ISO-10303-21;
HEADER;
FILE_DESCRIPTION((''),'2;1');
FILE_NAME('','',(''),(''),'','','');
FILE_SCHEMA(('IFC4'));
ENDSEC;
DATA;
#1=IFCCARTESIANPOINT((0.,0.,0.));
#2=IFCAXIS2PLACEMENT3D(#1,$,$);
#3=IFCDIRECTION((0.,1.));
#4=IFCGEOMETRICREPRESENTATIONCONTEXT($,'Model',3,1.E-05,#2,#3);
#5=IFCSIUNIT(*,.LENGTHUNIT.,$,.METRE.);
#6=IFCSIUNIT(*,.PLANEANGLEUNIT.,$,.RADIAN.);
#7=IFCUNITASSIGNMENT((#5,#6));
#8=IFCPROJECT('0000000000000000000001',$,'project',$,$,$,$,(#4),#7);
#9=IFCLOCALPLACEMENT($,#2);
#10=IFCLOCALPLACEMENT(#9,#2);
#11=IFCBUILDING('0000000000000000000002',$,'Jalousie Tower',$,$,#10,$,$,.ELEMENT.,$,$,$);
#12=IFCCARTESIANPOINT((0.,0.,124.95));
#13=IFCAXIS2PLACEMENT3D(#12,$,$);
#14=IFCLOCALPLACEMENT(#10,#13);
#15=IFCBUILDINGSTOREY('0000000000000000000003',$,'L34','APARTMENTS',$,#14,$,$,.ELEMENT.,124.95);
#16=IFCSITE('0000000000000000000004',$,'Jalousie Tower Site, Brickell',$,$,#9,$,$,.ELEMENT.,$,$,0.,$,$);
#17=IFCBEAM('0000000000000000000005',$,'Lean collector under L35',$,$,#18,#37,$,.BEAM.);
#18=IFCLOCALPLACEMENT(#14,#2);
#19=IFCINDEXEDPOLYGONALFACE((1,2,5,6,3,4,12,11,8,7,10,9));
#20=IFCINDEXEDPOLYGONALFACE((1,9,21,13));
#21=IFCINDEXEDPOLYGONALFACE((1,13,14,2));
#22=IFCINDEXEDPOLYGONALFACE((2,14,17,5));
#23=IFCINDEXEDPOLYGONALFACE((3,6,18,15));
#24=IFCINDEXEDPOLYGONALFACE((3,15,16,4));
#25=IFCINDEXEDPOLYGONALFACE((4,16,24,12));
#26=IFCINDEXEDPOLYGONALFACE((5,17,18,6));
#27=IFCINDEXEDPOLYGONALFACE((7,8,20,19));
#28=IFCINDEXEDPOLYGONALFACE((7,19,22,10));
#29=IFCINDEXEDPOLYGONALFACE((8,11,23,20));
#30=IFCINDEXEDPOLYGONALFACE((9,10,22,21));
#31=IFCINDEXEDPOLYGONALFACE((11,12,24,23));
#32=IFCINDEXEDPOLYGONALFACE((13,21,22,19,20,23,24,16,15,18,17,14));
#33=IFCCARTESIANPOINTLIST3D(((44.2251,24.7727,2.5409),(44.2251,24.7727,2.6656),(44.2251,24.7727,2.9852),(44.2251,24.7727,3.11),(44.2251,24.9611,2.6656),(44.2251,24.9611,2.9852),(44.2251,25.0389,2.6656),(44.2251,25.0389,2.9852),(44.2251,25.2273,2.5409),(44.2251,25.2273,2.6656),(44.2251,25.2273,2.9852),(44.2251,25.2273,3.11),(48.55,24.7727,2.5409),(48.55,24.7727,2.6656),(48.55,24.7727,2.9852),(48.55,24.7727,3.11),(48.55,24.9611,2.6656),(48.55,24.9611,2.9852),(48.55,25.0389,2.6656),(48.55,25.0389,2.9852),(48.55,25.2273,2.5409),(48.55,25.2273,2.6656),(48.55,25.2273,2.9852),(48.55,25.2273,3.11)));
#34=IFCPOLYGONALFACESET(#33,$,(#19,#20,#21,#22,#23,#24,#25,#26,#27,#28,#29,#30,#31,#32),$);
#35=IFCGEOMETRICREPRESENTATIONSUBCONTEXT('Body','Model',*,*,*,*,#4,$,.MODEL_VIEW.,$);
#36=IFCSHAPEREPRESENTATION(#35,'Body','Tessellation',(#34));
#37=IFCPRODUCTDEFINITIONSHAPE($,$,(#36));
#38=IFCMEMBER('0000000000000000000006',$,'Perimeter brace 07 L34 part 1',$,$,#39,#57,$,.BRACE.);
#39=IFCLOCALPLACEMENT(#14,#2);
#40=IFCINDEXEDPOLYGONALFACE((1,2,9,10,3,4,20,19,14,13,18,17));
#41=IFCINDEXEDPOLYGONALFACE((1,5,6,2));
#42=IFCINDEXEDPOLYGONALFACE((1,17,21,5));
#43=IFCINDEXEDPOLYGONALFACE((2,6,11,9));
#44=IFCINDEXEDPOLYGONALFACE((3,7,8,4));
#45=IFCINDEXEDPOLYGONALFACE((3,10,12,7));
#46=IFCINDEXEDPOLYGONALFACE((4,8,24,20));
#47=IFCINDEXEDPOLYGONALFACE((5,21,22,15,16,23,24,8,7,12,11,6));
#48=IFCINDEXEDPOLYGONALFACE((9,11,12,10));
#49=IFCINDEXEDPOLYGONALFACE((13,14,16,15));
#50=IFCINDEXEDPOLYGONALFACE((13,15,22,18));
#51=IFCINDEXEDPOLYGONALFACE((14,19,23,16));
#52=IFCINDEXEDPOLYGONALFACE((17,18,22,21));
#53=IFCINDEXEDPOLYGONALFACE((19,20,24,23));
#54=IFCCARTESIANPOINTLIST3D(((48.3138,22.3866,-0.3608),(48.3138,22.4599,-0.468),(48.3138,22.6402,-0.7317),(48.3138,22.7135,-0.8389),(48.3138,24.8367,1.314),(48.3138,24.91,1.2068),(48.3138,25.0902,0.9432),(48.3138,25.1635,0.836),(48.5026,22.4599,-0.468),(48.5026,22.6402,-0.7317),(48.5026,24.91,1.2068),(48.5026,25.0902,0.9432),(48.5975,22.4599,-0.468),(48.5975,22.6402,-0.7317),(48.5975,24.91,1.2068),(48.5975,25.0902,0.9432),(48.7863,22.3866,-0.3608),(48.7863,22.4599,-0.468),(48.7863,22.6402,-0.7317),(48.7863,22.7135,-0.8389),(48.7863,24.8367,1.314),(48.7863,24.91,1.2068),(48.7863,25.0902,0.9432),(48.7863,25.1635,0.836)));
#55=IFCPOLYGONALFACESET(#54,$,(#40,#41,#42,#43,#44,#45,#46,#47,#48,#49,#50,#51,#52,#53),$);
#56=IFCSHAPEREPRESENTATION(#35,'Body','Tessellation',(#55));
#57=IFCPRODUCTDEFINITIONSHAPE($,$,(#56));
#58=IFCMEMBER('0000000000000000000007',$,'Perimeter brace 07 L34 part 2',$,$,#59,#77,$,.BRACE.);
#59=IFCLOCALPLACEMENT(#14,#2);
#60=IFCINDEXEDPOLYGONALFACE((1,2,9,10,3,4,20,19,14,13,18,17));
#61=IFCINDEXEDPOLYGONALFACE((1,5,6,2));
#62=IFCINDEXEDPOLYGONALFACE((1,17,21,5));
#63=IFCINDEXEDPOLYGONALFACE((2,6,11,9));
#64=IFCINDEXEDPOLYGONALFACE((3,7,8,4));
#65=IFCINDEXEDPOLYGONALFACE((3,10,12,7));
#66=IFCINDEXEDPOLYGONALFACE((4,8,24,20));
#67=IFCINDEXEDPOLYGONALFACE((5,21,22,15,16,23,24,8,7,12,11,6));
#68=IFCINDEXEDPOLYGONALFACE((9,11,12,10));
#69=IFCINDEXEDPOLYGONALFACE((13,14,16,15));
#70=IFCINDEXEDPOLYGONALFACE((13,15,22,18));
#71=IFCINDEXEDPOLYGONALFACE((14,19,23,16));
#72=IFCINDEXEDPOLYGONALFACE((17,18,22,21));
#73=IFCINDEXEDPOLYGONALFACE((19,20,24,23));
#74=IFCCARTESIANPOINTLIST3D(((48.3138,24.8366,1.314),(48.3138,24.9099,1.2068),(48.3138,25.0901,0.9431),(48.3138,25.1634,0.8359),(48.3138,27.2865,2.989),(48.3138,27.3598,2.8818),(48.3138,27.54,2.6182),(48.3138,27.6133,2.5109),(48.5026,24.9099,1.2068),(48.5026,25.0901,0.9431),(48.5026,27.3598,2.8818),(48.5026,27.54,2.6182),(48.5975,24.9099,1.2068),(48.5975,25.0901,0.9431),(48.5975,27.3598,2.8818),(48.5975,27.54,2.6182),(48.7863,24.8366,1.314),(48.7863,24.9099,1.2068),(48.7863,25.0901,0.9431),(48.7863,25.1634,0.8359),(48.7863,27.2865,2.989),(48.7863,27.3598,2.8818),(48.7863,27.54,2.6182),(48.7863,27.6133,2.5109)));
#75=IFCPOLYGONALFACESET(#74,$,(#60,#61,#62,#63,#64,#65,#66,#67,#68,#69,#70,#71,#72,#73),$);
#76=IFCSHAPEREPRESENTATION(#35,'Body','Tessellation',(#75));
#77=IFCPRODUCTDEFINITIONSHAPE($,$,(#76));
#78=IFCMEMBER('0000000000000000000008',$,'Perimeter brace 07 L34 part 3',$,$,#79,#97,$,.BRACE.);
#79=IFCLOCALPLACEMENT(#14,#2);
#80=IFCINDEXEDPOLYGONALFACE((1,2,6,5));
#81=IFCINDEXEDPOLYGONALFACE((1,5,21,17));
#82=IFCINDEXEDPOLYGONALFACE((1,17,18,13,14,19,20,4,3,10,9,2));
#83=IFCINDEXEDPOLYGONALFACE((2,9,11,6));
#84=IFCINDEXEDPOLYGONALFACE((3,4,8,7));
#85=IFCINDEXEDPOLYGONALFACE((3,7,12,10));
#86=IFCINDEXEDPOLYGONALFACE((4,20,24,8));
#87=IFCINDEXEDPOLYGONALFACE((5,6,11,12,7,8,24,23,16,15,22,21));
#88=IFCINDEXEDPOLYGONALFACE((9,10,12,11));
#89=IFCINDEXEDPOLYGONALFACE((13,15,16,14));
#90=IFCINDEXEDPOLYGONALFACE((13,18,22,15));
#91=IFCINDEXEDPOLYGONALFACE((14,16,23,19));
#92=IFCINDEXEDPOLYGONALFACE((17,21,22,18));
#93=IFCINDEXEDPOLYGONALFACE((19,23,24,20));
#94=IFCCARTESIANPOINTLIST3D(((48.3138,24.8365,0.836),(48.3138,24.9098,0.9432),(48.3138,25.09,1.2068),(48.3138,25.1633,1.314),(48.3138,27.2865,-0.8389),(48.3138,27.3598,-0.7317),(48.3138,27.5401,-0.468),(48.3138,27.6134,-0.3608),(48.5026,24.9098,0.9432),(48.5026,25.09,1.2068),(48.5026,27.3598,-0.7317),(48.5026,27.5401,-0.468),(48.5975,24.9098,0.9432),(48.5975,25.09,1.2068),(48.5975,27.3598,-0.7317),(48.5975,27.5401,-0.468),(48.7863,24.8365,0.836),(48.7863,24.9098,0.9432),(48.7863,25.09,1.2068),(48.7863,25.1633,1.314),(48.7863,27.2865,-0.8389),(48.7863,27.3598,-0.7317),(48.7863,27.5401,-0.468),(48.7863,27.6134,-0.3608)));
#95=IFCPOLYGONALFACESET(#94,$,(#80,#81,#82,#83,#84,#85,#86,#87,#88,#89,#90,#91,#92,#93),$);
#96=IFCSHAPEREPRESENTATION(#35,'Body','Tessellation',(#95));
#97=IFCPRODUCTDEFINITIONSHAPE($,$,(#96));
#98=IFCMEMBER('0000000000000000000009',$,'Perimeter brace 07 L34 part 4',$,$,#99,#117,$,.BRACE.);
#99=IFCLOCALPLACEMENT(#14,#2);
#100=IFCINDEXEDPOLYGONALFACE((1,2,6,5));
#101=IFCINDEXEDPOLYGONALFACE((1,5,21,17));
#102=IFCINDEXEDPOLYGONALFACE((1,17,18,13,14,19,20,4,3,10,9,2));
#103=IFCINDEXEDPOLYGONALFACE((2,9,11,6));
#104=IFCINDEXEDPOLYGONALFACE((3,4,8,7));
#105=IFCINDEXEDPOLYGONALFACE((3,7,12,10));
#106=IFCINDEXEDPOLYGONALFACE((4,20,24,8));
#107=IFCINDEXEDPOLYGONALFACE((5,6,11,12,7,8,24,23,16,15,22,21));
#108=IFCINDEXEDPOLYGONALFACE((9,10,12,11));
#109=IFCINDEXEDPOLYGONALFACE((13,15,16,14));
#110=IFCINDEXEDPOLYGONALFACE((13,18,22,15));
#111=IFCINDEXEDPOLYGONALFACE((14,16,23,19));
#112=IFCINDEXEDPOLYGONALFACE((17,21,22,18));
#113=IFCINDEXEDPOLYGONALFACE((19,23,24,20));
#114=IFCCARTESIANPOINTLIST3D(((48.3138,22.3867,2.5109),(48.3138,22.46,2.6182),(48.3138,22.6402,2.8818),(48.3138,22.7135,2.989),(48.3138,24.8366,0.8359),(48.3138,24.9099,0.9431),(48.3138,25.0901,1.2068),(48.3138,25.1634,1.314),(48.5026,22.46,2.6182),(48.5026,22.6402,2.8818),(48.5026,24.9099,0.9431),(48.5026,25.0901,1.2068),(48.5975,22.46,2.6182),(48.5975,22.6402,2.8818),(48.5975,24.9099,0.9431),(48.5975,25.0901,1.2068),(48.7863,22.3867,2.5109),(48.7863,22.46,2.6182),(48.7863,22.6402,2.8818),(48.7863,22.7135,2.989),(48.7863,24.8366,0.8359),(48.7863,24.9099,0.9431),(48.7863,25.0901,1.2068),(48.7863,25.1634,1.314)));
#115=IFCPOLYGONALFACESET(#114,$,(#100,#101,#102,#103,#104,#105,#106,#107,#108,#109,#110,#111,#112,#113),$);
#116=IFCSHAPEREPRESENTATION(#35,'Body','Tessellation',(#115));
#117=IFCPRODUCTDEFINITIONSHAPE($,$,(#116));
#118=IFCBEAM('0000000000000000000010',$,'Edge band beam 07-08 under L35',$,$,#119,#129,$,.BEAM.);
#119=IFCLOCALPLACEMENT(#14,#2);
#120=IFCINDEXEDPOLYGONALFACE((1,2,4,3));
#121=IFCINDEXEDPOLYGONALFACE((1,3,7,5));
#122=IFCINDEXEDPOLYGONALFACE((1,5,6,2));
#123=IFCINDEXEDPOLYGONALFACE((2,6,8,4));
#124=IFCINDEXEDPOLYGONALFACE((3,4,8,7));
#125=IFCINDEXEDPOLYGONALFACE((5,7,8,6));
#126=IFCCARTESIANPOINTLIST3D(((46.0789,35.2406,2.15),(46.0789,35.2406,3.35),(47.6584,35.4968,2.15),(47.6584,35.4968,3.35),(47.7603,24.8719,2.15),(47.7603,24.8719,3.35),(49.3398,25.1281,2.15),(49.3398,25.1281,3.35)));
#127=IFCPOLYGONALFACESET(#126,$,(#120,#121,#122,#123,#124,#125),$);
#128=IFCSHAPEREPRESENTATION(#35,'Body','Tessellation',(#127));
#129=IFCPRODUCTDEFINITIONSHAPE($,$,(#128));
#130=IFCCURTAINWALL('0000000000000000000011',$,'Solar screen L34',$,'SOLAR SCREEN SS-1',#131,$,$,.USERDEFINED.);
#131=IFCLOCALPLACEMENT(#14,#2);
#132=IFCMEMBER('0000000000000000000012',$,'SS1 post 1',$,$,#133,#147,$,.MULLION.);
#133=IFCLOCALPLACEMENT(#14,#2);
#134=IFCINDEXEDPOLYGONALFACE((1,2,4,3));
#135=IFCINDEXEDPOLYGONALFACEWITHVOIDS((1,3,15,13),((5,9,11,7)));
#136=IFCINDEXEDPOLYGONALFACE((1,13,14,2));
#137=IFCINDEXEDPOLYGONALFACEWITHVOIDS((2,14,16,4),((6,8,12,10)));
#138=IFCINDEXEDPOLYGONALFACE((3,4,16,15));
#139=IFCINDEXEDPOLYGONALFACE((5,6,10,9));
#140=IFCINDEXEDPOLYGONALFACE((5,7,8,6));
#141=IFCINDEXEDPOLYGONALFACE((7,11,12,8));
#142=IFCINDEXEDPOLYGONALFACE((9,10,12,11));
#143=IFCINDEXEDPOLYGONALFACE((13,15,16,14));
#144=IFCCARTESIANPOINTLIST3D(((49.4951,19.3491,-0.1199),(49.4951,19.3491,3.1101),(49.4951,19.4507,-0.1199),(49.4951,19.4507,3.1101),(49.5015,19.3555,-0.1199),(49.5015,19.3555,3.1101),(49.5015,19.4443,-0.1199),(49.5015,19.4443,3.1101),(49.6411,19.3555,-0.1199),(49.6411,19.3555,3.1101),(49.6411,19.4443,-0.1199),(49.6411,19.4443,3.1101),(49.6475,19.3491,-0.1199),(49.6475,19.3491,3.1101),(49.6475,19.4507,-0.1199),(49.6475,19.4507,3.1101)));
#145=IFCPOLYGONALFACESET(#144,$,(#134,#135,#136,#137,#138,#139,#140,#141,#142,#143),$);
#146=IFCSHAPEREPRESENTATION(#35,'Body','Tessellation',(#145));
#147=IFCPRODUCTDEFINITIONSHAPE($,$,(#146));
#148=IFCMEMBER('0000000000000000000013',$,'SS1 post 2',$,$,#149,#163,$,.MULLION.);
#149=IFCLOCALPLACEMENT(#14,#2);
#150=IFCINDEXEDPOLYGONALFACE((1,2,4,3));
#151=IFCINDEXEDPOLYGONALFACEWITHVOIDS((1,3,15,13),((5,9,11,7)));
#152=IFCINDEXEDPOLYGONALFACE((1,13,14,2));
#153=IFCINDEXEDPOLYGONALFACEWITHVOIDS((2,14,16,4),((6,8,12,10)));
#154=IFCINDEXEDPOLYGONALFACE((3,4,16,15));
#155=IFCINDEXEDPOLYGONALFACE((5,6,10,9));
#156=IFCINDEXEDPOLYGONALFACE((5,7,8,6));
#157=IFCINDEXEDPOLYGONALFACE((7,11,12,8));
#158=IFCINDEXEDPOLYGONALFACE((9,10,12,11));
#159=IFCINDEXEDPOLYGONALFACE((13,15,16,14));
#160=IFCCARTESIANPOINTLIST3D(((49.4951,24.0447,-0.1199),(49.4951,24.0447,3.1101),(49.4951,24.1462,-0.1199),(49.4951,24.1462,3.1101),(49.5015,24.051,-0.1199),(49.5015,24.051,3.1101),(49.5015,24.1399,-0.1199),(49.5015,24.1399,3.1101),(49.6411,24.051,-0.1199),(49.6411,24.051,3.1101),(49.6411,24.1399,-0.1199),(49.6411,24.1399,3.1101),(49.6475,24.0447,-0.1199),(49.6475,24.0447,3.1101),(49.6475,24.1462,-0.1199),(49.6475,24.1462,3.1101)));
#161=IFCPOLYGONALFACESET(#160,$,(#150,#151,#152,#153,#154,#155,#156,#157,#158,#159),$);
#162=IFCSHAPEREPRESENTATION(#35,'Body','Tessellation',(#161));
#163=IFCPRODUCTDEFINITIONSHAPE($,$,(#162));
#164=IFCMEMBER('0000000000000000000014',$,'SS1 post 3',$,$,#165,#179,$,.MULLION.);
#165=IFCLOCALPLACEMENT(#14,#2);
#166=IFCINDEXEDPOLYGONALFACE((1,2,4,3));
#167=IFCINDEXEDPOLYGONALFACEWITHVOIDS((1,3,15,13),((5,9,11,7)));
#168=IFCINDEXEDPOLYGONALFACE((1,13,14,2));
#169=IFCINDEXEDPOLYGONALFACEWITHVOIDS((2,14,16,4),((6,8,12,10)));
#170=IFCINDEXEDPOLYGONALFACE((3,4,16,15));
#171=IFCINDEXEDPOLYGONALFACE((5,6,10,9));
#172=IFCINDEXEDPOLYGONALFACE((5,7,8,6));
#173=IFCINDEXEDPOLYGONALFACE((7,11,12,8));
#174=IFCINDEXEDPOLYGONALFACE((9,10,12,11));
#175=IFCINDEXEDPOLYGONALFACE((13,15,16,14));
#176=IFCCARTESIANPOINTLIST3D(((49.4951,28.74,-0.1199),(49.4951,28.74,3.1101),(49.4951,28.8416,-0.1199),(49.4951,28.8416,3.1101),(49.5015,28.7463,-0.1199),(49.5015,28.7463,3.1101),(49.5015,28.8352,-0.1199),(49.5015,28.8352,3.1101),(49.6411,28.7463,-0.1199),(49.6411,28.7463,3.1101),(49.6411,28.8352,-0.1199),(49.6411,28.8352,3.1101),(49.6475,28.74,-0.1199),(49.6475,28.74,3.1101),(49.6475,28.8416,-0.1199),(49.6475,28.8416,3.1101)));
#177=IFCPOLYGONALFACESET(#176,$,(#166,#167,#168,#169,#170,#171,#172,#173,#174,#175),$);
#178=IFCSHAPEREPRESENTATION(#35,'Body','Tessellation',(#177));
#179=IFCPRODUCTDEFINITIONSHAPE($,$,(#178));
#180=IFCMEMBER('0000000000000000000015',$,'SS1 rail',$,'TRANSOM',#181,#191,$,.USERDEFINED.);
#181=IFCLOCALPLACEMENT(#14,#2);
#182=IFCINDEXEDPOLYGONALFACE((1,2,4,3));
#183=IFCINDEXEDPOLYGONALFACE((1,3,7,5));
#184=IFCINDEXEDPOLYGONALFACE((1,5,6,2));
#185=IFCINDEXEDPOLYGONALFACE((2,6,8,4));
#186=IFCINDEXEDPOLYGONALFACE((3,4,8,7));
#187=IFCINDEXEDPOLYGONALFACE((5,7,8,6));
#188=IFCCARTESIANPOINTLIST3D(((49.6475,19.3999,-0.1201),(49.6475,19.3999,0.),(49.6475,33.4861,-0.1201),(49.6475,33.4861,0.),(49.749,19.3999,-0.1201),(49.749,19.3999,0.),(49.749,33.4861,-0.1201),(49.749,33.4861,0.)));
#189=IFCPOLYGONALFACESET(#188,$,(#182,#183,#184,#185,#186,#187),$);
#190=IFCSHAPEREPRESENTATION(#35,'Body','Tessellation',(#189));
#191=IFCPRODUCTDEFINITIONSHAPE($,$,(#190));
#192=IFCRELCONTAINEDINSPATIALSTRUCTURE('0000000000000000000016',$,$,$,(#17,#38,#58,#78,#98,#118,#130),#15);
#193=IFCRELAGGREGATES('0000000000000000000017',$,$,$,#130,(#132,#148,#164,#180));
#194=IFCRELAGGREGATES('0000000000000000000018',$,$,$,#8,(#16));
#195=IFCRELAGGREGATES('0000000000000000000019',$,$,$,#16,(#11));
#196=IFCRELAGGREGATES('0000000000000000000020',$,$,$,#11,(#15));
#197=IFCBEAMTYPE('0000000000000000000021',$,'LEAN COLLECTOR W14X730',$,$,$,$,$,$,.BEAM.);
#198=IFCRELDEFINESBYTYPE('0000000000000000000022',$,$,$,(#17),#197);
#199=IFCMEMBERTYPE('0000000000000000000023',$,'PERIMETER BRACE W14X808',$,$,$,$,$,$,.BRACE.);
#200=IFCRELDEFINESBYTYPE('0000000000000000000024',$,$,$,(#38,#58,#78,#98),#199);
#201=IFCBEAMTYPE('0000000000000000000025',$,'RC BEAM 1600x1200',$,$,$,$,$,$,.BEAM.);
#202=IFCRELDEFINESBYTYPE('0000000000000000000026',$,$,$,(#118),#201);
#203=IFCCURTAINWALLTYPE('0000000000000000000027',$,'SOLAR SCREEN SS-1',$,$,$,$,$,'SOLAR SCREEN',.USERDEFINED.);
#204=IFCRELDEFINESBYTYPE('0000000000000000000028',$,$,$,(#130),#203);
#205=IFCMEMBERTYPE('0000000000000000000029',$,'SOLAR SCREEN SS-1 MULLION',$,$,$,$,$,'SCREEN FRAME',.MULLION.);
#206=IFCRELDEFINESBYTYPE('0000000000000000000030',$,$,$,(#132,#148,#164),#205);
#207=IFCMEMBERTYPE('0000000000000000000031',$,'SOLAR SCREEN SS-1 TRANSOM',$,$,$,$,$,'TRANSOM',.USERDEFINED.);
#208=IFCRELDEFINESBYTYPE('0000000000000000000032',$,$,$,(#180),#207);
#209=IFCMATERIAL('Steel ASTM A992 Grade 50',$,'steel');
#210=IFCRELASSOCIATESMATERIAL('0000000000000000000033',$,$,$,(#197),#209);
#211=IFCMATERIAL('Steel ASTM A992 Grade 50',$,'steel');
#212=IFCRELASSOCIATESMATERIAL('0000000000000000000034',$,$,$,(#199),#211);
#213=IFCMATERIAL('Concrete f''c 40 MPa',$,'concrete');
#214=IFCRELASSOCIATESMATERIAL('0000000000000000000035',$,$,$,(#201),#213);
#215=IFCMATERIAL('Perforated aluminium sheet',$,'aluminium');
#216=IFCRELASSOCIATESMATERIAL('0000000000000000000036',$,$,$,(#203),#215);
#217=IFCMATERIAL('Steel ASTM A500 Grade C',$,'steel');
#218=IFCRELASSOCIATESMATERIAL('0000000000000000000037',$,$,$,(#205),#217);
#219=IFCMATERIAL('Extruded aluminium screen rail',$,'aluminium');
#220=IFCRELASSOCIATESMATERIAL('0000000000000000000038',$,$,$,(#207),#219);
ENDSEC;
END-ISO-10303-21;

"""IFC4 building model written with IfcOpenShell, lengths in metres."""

from ifc_helpers import new_model, si_unit, direction, frame, origin, origin_2d, place, context, subcontext, project, spatial, rectangle, hollow_rectangle, i_section, extrude, material, material_profile, profile_set, type_object, element, aggregate, save


model = new_model("IFC4")

# Units and contexts
model_context = context("Model", 3, precision=1e-05, world=origin(), true_north=direction((0.0, 1.0)))
body_context = subcontext(model_context, "Body", "Model", "MODEL_VIEW")
ifc_project = project(units=[si_unit("LENGTHUNIT", "METRE"), si_unit("PLANEANGLEUNIT", "RADIAN")], contexts=[model_context])

# Site, building, storey
site_placement = place(None, origin())
site = spatial("IfcSite", under=ifc_project, at=site_placement, Name="Jalousie Tower Site, Brickell", CompositionType="ELEMENT", RefElevation=0.0)
building_placement = place(site_placement, origin())
building = spatial("IfcBuilding", under=site, at=building_placement, Name="Jalousie Tower", CompositionType="ELEMENT")
storey_placement = place(building_placement, frame((0.0, 0.0, 124.95)))
storey = spatial("IfcBuildingStorey", under=building, at=storey_placement, Name="L34", Description="APARTMENTS", CompositionType="ELEMENT", Elevation=124.95)

# Beam
ifc_material_1 = material(Name="Steel ASTM A992 Grade 50", Category="steel")
ifc_material_profile_1 = material_profile(ifc_material_1, i_section(OverallWidth=0.4546, OverallDepth=0.5691, WebThickness=0.0779, FlangeThickness=0.1248, at=origin_2d()), Name="W14X730")
ifc_profile_set_1 = profile_set([ifc_material_profile_1], Name="Steel ASTM A992 Grade 50")
beam_type_1 = type_object("IfcBeamType", Name="LEAN COLLECTOR W14X730", PredefinedType="BEAM", material=ifc_profile_set_1)
beam_1_placement = place(storey_placement, frame((48.55, 25.0, 2.8254), z_axis=(-1.0, 0.0, 0.0), x_axis=(0.0, -1.0, 0.0)))
element("IfcBeam", 1, at=beam_1_placement, inside=storey, type_object=beam_type_1, Name="Lean collector under L35", PredefinedType="BEAM", context=body_context, shape_type="SweptSolid", body=[
    extrude(i_section(OverallWidth=0.4546, OverallDepth=0.5691, WebThickness=0.0779, FlangeThickness=0.1248, at=origin_2d()), origin(), (0.0, 0.0, 1.0), 4.325),
])

# Members
ifc_material_2 = material(Name="Steel ASTM A992 Grade 50", Category="steel")
ifc_material_profile_2 = material_profile(ifc_material_2, i_section(OverallWidth=0.4724, OverallDepth=0.5791, WebThickness=0.095, FlangeThickness=0.1299, at=origin_2d()), Name="W14X808")
ifc_profile_set_2 = profile_set([ifc_material_profile_2], Name="Steel ASTM A992 Grade 50")
member_type_1 = type_object("IfcMemberType", Name="PERIMETER BRACE W14X808", PredefinedType="BRACE", material=ifc_profile_set_2)
for number, where, z_axis, x_axis, name in (
    (2, (48.55, 22.55, -0.5999), (0.0, 0.825539, 0.564345), (-1.0, 0.0, 0.0), "Perimeter brace 07 L34 part 1"),
    (3, (48.55, 25.0, 1.075), (0.0, 0.825501, 0.564401), (-1.0, 0.0, 0.0), "Perimeter brace 07 L34 part 2"),
    (4, (48.55, 27.45, -0.5999), (0.0, -0.825539, 0.564345), (1.0, 0.0, 0.0), "Perimeter brace 07 L34 part 3"),
    (5, (48.55, 25.0, 1.075), (0.0, -0.825501, 0.564401), (1.0, 0.0, 0.0), "Perimeter brace 07 L34 part 4"),
):
    element("IfcMember", number, at=place(storey_placement, frame(where, z_axis=z_axis, x_axis=x_axis)), inside=storey, type_object=member_type_1, Name=name, PredefinedType="BRACE", context=body_context, shape_type="SweptSolid", body=[
        extrude(i_section(OverallWidth=0.4724, OverallDepth=0.5791, WebThickness=0.095, FlangeThickness=0.1299, at=origin_2d()), origin(), (0.0, 0.0, 1.0), 2.9678),
    ])

# Beam
ifc_material_3 = material(Name="Concrete f'c 40 MPa", Category="concrete")
ifc_material_profile_3 = material_profile(ifc_material_3, rectangle(XDim=1.6001, YDim=1.2, at=origin_2d()), Name="RC 1600x1200")
ifc_profile_set_3 = profile_set([ifc_material_profile_3], Name="Concrete f'c 40 MPa")
beam_type_2 = type_object("IfcBeamType", Name="RC BEAM 1600x1200", PredefinedType="BEAM", material=ifc_profile_set_3)
beam_2_placement = place(storey_placement, frame((48.55, 25.0, 2.75), z_axis=(-0.160071, 0.987106, 0.0), x_axis=(-0.987106, -0.160071, 0.0)))
element("IfcBeam", 6, at=beam_2_placement, inside=storey, type_object=beam_type_2, Name="Edge band beam 07-08 under L35", PredefinedType="BEAM", context=body_context, shape_type="SweptSolid", body=[
    extrude(rectangle(XDim=1.6001, YDim=1.2, at=origin_2d()), origin(), (0.0, 0.0, 1.0), 10.5042),
])

# Curtain wall, members
ifc_material_4 = material(Name="Perforated aluminium sheet", Category="aluminium")
curtain_wall_type = type_object("IfcCurtainWallType", Name="SOLAR SCREEN SS-1", ElementType="SOLAR SCREEN", PredefinedType="USERDEFINED", material=ifc_material_4)
curtain_wall_placement = place(storey_placement, origin())
curtain_wall = element("IfcCurtainWall", 7, at=curtain_wall_placement, inside=storey, type_object=curtain_wall_type, Name="Solar screen L34", ObjectType="SOLAR SCREEN SS-1", PredefinedType="USERDEFINED")
ifc_material_5 = material(Name="Steel ASTM A500 Grade C", Category="steel")
ifc_material_profile_4 = material_profile(ifc_material_5, hollow_rectangle(XDim=0.1016, YDim=0.1523, WallThickness=0.0063, at=origin_2d()), Name="HSS6X4X1/4")
ifc_profile_set_4 = profile_set([ifc_material_profile_4], Name="Steel ASTM A500 Grade C")
member_type_2 = type_object("IfcMemberType", Name="SOLAR SCREEN SS-1 MULLION", ElementType="SCREEN FRAME", PredefinedType="MULLION", material=ifc_profile_set_4)
member_1_placement = place(storey_placement, frame((49.5713, 19.3999, -0.1199), z_axis=(0.0, 0.0, 1.0), x_axis=(0.0, 1.0, 0.0)))
member_1 = element("IfcMember", 8, at=member_1_placement, type_object=member_type_2, Name="SS1 post 1", PredefinedType="MULLION", context=body_context, shape_type="SweptSolid", body=[
    extrude(hollow_rectangle(XDim=0.1016, YDim=0.1523, WallThickness=0.0063, at=origin_2d()), origin(), (0.0, 0.0, 1.0), 3.23),
])
member_2_placement = place(storey_placement, frame((49.5713, 24.0955, -0.1199), z_axis=(0.0, 0.0, 1.0), x_axis=(0.0, 1.0, 0.0)))
member_2 = element("IfcMember", 9, at=member_2_placement, type_object=member_type_2, Name="SS1 post 2", PredefinedType="MULLION", context=body_context, shape_type="SweptSolid", body=[
    extrude(hollow_rectangle(XDim=0.1016, YDim=0.1523, WallThickness=0.0063, at=origin_2d()), origin(), (0.0, 0.0, 1.0), 3.23),
])
member_3_placement = place(storey_placement, frame((49.5713, 28.7908, -0.1199), z_axis=(0.0, 0.0, 1.0), x_axis=(0.0, 1.0, 0.0)))
member_3 = element("IfcMember", 10, at=member_3_placement, type_object=member_type_2, Name="SS1 post 3", PredefinedType="MULLION", context=body_context, shape_type="SweptSolid", body=[
    extrude(hollow_rectangle(XDim=0.1016, YDim=0.1523, WallThickness=0.0063, at=origin_2d()), origin(), (0.0, 0.0, 1.0), 3.23),
])
ifc_material_6 = material(Name="Extruded aluminium screen rail", Category="aluminium")
ifc_material_profile_5 = material_profile(ifc_material_6, rectangle(XDim=0.1016, YDim=0.1201, at=origin_2d()), Name="RAIL 102x120")
ifc_profile_set_5 = profile_set([ifc_material_profile_5], Name="Extruded aluminium screen rail")
member_type_3 = type_object("IfcMemberType", Name="SOLAR SCREEN SS-1 TRANSOM", ElementType="TRANSOM", PredefinedType="USERDEFINED", material=ifc_profile_set_5)
member_4_placement = place(storey_placement, frame((49.6982, 19.3999, -0.0601), z_axis=(0.0, 1.0, 0.0), x_axis=(-1.0, 0.0, 0.0)))
member_4 = element("IfcMember", 11, at=member_4_placement, type_object=member_type_3, Name="SS1 rail", ObjectType="TRANSOM", PredefinedType="USERDEFINED", context=body_context, shape_type="SweptSolid", body=[
    extrude(rectangle(XDim=0.1016, YDim=0.1201, at=origin_2d()), origin(), (0.0, 0.0, 1.0), 14.0862),
])
aggregate(curtain_wall, [member_1, member_2, member_3, member_4])

save(model, "model.ifc")
